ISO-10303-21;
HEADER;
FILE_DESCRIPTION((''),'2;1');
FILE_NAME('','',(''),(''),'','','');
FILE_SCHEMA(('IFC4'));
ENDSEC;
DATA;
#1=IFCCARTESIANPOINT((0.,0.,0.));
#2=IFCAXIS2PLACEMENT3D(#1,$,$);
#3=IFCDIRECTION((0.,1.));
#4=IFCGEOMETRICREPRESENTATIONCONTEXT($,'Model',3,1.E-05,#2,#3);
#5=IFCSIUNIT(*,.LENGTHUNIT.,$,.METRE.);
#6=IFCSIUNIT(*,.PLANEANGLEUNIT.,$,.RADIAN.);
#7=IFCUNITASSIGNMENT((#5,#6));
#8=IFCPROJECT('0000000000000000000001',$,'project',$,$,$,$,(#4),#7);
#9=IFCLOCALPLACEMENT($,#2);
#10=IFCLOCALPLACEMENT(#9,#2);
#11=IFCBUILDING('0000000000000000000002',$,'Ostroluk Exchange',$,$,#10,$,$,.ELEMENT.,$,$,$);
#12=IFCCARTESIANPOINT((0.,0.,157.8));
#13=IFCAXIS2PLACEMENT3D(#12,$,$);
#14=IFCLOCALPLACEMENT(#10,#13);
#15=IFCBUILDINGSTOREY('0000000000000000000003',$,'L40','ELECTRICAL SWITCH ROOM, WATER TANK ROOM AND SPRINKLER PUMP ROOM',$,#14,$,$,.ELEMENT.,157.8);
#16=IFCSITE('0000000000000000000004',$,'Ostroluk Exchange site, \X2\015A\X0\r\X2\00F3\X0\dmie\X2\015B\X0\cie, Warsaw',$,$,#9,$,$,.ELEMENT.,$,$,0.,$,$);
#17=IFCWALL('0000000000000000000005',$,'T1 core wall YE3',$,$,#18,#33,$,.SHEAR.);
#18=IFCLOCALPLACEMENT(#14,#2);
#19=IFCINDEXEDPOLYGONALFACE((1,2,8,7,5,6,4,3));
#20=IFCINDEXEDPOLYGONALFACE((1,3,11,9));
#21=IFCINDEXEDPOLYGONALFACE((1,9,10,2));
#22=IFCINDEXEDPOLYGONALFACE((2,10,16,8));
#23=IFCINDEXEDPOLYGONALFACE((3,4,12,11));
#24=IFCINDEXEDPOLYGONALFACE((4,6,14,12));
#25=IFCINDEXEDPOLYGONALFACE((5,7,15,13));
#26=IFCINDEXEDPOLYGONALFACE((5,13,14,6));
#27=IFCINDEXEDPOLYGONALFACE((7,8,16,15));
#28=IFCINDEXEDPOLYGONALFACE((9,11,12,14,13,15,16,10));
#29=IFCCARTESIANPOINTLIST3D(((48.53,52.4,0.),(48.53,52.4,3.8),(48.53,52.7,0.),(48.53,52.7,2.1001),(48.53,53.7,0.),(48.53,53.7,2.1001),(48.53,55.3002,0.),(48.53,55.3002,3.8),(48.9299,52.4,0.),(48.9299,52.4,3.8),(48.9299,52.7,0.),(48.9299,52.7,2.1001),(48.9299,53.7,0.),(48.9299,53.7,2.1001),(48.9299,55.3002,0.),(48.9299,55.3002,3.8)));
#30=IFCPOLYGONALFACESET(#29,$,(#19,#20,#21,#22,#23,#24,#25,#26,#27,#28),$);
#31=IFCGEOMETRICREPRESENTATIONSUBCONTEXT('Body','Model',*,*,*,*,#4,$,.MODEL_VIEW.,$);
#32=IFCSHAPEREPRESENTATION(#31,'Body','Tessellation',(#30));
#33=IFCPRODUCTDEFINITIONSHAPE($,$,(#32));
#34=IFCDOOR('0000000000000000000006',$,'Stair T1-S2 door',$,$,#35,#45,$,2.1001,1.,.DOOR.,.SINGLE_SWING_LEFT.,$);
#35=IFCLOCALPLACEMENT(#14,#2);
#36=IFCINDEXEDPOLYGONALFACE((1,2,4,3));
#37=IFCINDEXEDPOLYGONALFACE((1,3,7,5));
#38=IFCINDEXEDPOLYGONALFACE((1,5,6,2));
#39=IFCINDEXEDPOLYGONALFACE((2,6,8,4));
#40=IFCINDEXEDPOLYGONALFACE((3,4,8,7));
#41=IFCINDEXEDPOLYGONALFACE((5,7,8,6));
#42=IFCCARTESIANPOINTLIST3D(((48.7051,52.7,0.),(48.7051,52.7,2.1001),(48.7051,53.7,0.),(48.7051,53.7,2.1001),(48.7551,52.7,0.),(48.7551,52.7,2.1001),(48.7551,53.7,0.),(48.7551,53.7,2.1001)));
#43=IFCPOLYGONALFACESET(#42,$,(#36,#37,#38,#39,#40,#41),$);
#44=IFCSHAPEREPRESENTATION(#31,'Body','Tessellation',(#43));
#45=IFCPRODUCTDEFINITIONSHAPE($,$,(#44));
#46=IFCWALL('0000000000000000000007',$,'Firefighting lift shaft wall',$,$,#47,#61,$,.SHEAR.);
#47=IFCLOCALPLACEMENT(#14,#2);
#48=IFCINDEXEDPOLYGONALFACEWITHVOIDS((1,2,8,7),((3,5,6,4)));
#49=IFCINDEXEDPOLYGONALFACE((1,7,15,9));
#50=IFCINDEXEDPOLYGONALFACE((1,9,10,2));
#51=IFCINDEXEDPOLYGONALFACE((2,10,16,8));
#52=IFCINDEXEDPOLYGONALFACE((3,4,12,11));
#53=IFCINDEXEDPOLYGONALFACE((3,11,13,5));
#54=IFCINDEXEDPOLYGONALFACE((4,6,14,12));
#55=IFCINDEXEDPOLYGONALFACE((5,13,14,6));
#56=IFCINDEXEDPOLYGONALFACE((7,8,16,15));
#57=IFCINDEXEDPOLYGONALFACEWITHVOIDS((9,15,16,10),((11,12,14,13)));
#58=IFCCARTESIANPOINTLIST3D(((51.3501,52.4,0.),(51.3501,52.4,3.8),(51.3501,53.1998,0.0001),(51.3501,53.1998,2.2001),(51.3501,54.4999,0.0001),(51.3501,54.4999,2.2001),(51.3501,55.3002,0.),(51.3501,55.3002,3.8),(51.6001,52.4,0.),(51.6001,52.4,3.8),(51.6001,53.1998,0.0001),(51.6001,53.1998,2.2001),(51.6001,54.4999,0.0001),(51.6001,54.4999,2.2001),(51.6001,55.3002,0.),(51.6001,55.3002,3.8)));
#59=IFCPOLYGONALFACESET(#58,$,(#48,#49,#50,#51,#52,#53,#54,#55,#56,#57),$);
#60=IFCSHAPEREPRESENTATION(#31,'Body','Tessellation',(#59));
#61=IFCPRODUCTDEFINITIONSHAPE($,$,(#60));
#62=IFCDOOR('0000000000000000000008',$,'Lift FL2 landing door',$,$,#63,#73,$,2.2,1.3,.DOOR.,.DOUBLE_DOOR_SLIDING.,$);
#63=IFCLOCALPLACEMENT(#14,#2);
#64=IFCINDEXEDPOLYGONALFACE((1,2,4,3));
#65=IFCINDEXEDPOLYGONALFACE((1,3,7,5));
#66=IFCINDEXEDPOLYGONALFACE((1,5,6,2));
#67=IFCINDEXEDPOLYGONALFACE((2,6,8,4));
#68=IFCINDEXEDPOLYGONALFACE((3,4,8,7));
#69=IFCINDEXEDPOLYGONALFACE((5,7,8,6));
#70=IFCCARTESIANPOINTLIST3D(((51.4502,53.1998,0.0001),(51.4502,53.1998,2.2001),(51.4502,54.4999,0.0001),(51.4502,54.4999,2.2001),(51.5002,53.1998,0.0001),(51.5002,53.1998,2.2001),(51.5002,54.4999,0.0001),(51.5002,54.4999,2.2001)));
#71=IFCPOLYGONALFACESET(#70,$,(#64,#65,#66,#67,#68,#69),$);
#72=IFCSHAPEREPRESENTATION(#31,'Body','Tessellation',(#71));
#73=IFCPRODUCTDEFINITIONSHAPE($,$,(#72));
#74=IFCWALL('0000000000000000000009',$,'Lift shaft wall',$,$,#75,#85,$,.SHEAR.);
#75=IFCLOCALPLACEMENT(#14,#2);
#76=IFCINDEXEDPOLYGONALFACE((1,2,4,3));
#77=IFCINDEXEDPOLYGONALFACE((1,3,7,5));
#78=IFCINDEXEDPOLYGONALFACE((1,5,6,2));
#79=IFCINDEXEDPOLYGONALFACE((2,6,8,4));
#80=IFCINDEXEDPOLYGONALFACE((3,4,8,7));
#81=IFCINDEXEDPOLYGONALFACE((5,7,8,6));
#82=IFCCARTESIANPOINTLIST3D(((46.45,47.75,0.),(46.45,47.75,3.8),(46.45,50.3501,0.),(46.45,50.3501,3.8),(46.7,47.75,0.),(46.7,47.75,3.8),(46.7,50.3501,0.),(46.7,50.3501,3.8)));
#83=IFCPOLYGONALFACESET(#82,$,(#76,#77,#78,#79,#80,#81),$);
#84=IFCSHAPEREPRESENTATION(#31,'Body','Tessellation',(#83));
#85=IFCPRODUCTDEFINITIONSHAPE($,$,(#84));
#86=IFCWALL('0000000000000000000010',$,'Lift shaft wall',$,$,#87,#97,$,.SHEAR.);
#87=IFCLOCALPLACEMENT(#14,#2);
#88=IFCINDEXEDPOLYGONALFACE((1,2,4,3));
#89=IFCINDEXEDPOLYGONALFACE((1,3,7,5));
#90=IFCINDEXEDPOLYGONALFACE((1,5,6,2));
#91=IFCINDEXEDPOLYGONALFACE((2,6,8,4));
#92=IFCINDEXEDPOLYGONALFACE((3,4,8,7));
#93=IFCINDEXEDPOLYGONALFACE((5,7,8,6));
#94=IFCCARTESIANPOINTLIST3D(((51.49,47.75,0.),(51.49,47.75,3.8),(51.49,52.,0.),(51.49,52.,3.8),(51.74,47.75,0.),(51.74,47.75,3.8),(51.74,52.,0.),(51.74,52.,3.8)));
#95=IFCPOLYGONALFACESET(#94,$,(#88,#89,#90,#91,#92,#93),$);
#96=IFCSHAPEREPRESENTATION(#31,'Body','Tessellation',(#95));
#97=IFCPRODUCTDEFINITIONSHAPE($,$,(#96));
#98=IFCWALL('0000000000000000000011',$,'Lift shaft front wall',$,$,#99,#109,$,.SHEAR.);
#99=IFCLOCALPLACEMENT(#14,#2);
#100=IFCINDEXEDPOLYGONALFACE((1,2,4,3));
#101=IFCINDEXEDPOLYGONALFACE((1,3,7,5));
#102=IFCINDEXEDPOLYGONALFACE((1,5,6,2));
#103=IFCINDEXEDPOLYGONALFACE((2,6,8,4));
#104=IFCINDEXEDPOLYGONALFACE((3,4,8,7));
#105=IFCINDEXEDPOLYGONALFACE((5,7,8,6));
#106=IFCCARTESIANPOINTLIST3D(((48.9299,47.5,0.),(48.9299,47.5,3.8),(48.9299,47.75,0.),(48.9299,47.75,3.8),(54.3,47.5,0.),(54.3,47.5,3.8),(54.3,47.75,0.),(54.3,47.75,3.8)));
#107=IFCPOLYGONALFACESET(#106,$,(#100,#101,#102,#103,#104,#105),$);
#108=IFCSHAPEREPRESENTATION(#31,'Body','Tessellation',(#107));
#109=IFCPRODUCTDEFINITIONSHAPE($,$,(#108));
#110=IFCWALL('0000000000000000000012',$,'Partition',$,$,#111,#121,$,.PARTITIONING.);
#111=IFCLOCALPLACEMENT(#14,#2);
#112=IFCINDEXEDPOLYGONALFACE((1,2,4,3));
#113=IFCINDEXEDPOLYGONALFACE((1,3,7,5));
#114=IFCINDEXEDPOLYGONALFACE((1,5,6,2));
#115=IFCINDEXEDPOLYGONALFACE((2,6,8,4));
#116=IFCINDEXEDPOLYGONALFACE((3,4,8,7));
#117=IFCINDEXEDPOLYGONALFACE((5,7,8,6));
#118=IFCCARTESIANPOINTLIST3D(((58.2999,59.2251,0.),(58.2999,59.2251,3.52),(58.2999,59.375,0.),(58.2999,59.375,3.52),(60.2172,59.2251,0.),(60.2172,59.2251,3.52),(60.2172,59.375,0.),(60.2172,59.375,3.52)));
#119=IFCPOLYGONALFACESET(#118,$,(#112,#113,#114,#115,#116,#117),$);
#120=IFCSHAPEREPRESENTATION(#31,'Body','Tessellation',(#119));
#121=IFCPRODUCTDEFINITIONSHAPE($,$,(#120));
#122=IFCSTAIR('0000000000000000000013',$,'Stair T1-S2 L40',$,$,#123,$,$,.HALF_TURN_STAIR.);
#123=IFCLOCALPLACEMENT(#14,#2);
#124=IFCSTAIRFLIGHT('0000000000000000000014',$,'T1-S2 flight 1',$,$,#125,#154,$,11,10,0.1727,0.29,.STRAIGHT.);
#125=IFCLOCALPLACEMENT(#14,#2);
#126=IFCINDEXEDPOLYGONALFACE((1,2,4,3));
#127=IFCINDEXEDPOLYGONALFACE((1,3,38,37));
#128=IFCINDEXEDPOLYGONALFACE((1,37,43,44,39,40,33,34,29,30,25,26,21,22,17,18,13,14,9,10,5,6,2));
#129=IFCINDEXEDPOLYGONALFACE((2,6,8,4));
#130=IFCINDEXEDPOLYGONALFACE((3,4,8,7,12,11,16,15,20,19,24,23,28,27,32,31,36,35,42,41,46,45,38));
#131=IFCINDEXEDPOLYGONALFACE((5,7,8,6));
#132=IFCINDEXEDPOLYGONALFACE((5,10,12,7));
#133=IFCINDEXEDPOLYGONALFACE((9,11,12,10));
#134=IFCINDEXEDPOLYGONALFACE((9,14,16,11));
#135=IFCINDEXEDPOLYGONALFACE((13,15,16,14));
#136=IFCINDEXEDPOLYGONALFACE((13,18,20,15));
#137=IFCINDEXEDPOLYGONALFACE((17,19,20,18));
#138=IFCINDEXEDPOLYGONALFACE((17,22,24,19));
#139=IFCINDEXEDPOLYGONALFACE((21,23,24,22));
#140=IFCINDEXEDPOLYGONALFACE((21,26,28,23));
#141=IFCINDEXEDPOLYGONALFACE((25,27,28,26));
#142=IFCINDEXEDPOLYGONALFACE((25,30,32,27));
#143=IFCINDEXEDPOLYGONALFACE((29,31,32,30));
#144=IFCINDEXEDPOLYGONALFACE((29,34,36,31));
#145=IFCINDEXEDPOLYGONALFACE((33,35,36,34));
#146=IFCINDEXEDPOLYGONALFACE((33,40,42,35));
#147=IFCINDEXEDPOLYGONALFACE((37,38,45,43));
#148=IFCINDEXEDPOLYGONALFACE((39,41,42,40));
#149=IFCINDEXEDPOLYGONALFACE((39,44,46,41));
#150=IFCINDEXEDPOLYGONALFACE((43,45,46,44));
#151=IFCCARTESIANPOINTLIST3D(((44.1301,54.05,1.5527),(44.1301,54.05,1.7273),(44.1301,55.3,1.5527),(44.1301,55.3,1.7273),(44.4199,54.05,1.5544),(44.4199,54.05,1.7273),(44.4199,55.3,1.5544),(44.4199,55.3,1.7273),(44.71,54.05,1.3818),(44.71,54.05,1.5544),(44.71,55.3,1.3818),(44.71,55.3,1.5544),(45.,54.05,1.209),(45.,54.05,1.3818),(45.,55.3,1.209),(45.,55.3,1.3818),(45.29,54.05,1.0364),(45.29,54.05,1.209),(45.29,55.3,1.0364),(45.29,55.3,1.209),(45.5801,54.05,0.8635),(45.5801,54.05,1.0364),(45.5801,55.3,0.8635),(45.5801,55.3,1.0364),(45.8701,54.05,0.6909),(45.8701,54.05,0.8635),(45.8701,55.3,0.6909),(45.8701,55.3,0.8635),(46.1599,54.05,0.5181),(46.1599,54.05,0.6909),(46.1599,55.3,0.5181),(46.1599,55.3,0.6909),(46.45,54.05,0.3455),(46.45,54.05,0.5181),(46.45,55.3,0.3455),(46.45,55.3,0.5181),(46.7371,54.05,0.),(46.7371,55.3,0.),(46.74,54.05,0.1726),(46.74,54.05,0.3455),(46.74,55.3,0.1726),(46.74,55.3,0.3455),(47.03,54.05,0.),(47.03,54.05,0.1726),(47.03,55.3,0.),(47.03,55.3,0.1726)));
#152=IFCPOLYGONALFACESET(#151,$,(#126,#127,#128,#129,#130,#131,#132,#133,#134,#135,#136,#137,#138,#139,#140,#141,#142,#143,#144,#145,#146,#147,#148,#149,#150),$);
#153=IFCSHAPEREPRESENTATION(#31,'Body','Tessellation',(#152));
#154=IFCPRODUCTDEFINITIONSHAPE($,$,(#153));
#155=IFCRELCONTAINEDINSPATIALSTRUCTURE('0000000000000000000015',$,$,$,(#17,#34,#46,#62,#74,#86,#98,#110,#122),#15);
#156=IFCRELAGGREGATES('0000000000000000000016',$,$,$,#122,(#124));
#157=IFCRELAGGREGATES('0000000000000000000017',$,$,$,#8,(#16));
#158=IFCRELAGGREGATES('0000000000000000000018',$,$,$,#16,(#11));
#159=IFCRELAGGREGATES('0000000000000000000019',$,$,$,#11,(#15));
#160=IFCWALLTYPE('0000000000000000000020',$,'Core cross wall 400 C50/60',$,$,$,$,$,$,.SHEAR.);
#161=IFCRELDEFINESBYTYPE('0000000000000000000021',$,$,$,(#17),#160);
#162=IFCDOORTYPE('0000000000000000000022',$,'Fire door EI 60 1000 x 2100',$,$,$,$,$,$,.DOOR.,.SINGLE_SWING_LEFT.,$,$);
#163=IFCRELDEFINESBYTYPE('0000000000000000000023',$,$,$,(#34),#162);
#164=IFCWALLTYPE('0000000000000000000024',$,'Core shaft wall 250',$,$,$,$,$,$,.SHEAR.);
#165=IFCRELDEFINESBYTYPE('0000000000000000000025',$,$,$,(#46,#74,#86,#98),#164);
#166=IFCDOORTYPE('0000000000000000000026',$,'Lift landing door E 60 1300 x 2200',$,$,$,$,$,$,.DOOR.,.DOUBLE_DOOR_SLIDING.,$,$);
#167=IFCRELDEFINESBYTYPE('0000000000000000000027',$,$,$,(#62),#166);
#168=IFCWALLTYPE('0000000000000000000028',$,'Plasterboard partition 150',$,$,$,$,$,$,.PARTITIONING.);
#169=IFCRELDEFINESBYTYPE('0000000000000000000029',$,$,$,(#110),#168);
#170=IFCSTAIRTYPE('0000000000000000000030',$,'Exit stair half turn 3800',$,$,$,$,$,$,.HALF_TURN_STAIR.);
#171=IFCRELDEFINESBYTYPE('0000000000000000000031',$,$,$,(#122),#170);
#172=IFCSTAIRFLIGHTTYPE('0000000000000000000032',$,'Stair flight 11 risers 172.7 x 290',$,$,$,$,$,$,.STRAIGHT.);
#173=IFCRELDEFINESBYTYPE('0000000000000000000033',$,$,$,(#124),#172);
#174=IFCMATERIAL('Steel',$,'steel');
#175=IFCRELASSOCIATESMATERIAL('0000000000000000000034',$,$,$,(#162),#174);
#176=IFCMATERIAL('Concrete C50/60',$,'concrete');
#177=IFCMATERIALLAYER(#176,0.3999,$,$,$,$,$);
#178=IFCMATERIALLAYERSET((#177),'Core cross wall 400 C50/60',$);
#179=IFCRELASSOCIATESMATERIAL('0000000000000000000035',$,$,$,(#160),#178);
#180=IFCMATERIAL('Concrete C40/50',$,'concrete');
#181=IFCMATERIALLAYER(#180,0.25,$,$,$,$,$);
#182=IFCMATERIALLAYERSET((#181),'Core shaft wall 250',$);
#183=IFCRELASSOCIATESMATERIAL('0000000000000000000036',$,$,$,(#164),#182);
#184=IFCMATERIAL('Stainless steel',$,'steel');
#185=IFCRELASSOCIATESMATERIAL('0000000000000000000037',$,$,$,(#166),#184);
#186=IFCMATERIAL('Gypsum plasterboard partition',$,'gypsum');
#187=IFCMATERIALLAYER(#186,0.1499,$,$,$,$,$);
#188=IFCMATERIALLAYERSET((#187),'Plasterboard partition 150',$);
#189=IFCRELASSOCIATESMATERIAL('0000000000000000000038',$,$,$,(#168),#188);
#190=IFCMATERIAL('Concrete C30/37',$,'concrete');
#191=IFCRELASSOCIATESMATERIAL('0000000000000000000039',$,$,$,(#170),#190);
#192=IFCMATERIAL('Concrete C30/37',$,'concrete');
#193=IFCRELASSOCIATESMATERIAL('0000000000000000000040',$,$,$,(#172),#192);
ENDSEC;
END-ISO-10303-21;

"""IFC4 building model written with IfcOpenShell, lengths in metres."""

from ifc_helpers import new_model, si_unit, direction, frame, frame_2d, origin, place, context, subcontext, project, spatial, polyline, rectangle, outline, extrude, material, layer, layer_set, type_object, element, fill, aggregate, save


model = new_model("IFC4")

# Units and contexts
model_context = context("Model", 3, precision=1e-05, world=origin(), true_north=direction((0.0, 1.0)))
body_context = subcontext(model_context, "Body", "Model", "MODEL_VIEW")
ifc_project = project(units=[si_unit("LENGTHUNIT", "METRE"), si_unit("PLANEANGLEUNIT", "RADIAN")], contexts=[model_context])

# Site, building, storey
site_placement = place(None, origin())
site = spatial("IfcSite", under=ifc_project, at=site_placement, Name="Ostroluk Exchange site, Śródmieście, Warsaw", CompositionType="ELEMENT", RefElevation=0.0)
building_placement = place(site_placement, origin())
building = spatial("IfcBuilding", under=site, at=building_placement, Name="Ostroluk Exchange", CompositionType="ELEMENT")
storey_placement = place(building_placement, frame((0.0, 0.0, 157.8)))
storey = spatial("IfcBuildingStorey", under=building, at=storey_placement, Name="L40", Description="ELECTRICAL SWITCH ROOM, WATER TANK ROOM AND SPRINKLER PUMP ROOM", CompositionType="ELEMENT", Elevation=157.8)

# Walls, openings, doors
ifc_material_1 = material(Name="Steel", Category="steel")
door_type_1 = type_object("IfcDoorType", Name="Fire door EI 60 1000 x 2100", OperationType="SINGLE_SWING_LEFT", PredefinedType="DOOR", material=ifc_material_1)
ifc_material_2 = material(Name="Concrete C50/60", Category="concrete")
ifc_layer_1 = layer(ifc_material_2, 0.3999)
ifc_layer_set_1 = layer_set([ifc_layer_1], Name="Core cross wall 400 C50/60")
wall_type_1 = type_object("IfcWallType", Name="Core cross wall 400 C50/60", PredefinedType="SHEAR", material=ifc_layer_set_1)
wall_1_placement = place(storey_placement, frame((48.73, 52.3999, 0.0), z_axis=(0.0, 0.0, 1.0), x_axis=(0.0, 1.0, 0.0)))
wall_1 = element("IfcWall", 1, at=wall_1_placement, inside=storey, type_object=wall_type_1, Name="T1 core wall YE3", PredefinedType="SHEAR", context=body_context, shape_type="SweptSolid", body=[
    extrude(rectangle(XDim=2.9001, YDim=0.3999, at=frame_2d((1.4502, 0.0))), origin(), (0.0, 0.0, 1.0), 3.8),
])
opening_1_placement = place(wall_1_placement, frame((0.3, 0.0, 0.0)))
opening_1 = element("IfcOpeningElement", 2, at=opening_1_placement, cuts=wall_1, PredefinedType="OPENING", context=body_context, shape_type="SweptSolid", body=[
    extrude(rectangle(XDim=1.0, YDim=2.1001, at=frame_2d((0.5, 1.05))), frame((0.0, 0.21, 0.0), z_axis=(0.0, -1.0, 0.0), x_axis=(1.0, 0.0, 0.0)), (0.0, 0.0, 1.0), 0.4199),
])
door_1_placement = place(opening_1_placement, origin())
door_1 = element("IfcDoor", 3, at=door_1_placement, inside=storey, type_object=door_type_1, Name="Stair T1-S2 door", OperationType="SINGLE_SWING_LEFT", OverallHeight=2.1001, OverallWidth=1.0, PredefinedType="DOOR", context=body_context, shape_type="SweptSolid", body=[
    extrude(rectangle(XDim=1.0, YDim=2.1001, at=frame_2d((0.5, 1.05))), frame((0.0, 0.0249, 0.0), z_axis=(0.0, -1.0, 0.0), x_axis=(1.0, 0.0, 0.0)), (0.0, 0.0, 1.0), 0.05),
])
fill(opening_1, door_1)
ifc_material_3 = material(Name="Concrete C40/50", Category="concrete")
ifc_layer_2 = layer(ifc_material_3, 0.25)
ifc_layer_set_2 = layer_set([ifc_layer_2], Name="Core shaft wall 250")
wall_type_2 = type_object("IfcWallType", Name="Core shaft wall 250", PredefinedType="SHEAR", material=ifc_layer_set_2)
wall_2_placement = place(storey_placement, frame((51.4751, 52.3999, 0.0), z_axis=(0.0, 0.0, 1.0), x_axis=(0.0, 1.0, 0.0)))
wall_2 = element("IfcWall", 4, at=wall_2_placement, inside=storey, type_object=wall_type_2, Name="Firefighting lift shaft wall", PredefinedType="SHEAR", context=body_context, shape_type="SweptSolid", body=[
    extrude(rectangle(XDim=2.9001, YDim=0.25, at=frame_2d((1.4502, 0.0))), origin(), (0.0, 0.0, 1.0), 3.8),
])
opening_2_placement = place(wall_2_placement, frame((0.8, 0.0, 0.0)))
opening_2 = element("IfcOpeningElement", 5, at=opening_2_placement, cuts=wall_2, PredefinedType="OPENING", context=body_context, shape_type="SweptSolid", body=[
    extrude(rectangle(XDim=1.3, YDim=2.2, at=frame_2d((0.6499, 1.1001))), frame((0.0, 0.135, 0.0), z_axis=(0.0, -1.0, 0.0), x_axis=(1.0, 0.0, 0.0)), (0.0, 0.0, 1.0), 0.27),
])
ifc_material_4 = material(Name="Stainless steel", Category="steel")
door_type_2 = type_object("IfcDoorType", Name="Lift landing door E 60 1300 x 2200", OperationType="DOUBLE_DOOR_SLIDING", PredefinedType="DOOR", material=ifc_material_4)
door_2_placement = place(opening_2_placement, origin())
door_2 = element("IfcDoor", 6, at=door_2_placement, inside=storey, type_object=door_type_2, Name="Lift FL2 landing door", OperationType="DOUBLE_DOOR_SLIDING", OverallHeight=2.2, OverallWidth=1.3, PredefinedType="DOOR", context=body_context, shape_type="SweptSolid", body=[
    extrude(rectangle(XDim=1.3, YDim=2.2, at=frame_2d((0.6499, 1.1001))), frame((0.0, 0.0249, 0.0), z_axis=(0.0, -1.0, 0.0), x_axis=(1.0, 0.0, 0.0)), (0.0, 0.0, 1.0), 0.05),
])
fill(opening_2, door_2)

# Walls
wall_3_placement = place(storey_placement, frame((46.575, 47.75, 0.0), z_axis=(0.0, 0.0, 1.0), x_axis=(0.0, 1.0, 0.0)))
element("IfcWall", 7, at=wall_3_placement, inside=storey, type_object=wall_type_2, Name="Lift shaft wall", PredefinedType="SHEAR", context=body_context, shape_type="SweptSolid", body=[
    extrude(rectangle(XDim=2.6001, YDim=0.25, at=frame_2d((1.3, 0.0))), origin(), (0.0, 0.0, 1.0), 3.8),
])
wall_4_placement = place(storey_placement, frame((51.615, 47.75, 0.0), z_axis=(0.0, 0.0, 1.0), x_axis=(0.0, 1.0, 0.0)))
element("IfcWall", 8, at=wall_4_placement, inside=storey, type_object=wall_type_2, Name="Lift shaft wall", PredefinedType="SHEAR", context=body_context, shape_type="SweptSolid", body=[
    extrude(rectangle(XDim=4.25, YDim=0.25, at=frame_2d((2.125, 0.0))), origin(), (0.0, 0.0, 1.0), 3.8),
])
wall_5_placement = place(storey_placement, frame((48.9299, 47.625, 0.0), z_axis=(0.0, 0.0, 1.0), x_axis=(1.0, 0.0, 0.0)))
element("IfcWall", 9, at=wall_5_placement, inside=storey, type_object=wall_type_2, Name="Lift shaft front wall", PredefinedType="SHEAR", context=body_context, shape_type="SweptSolid", body=[
    extrude(rectangle(XDim=5.3701, YDim=0.25, at=frame_2d((2.6851, 0.0))), origin(), (0.0, 0.0, 1.0), 3.8),
])
ifc_material_5 = material(Name="Gypsum plasterboard partition", Category="gypsum")
ifc_layer_3 = layer(ifc_material_5, 0.1499)
ifc_layer_set_3 = layer_set([ifc_layer_3], Name="Plasterboard partition 150")
wall_type_3 = type_object("IfcWallType", Name="Plasterboard partition 150", PredefinedType="PARTITIONING", material=ifc_layer_set_3)
wall_6_placement = place(storey_placement, frame((58.3, 59.3, 0.0), z_axis=(0.0, 0.0, 1.0), x_axis=(1.0, 0.0, 0.0)))
element("IfcWall", 10, at=wall_6_placement, inside=storey, type_object=wall_type_3, Name="Partition", PredefinedType="PARTITIONING", context=body_context, shape_type="SweptSolid", body=[
    extrude(rectangle(XDim=1.9172, YDim=0.1499, at=frame_2d((0.9585, 0.0))), origin(), (0.0, 0.0, 1.0), 3.52),
])

# Stair, stair flight
ifc_material_6 = material(Name="Concrete C30/37", Category="concrete")
stair_type = type_object("IfcStairType", Name="Exit stair half turn 3800", PredefinedType="HALF_TURN_STAIR", material=ifc_material_6)
stair_placement = place(storey_placement, origin())
stair = element("IfcStair", 11, at=stair_placement, inside=storey, type_object=stair_type, Name="Stair T1-S2 L40", PredefinedType="HALF_TURN_STAIR")
ifc_material_7 = material(Name="Concrete C30/37", Category="concrete")
stair_flight_type = type_object("IfcStairFlightType", Name="Stair flight 11 risers 172.7 x 290", PredefinedType="STRAIGHT", material=ifc_material_7)
stair_flight_placement = place(storey_placement, frame((47.03, 54.675, 0.0), z_axis=(0.0, 0.0, 1.0), x_axis=(-1.0, 0.0, 0.0)))
stair_flight = element("IfcStairFlight", 12, at=stair_flight_placement, type_object=stair_flight_type, Name="T1-S2 flight 1", NumberOfRisers=11, NumberOfTreads=10, PredefinedType="STRAIGHT", RiserHeight=0.1727, TreadLength=0.29, context=body_context, shape_type="SweptSolid", body=[
    extrude(outline(polyline([(0.0, 0.0), (0.0, 0.1726), (0.29, 0.1726), (0.29, 0.3455), (0.5801, 0.3455), (0.5801, 0.5181), (0.8701, 0.5181), (0.8701, 0.6909), (1.1599, 0.6909), (1.1599, 0.8635), (1.45, 0.8635), (1.45, 1.0364), (1.74, 1.0364), (1.74, 1.209), (2.03, 1.209), (2.03, 1.3818), (2.3201, 1.3818), (2.3201, 1.5544), (2.6101, 1.5544), (2.6101, 1.7273), (2.8999, 1.7273), (2.8999, 1.8999), (2.8999, 1.5527), (0.293, 0.0), (0.0, 0.0)])), frame((0.0, 0.625, 0.0), z_axis=(0.0, -1.0, 0.0), x_axis=(1.0, 0.0, 0.0)), (0.0, 0.0, 1.0), 1.25),
])
aggregate(stair, [stair_flight])

save(model, "model.ifc")
